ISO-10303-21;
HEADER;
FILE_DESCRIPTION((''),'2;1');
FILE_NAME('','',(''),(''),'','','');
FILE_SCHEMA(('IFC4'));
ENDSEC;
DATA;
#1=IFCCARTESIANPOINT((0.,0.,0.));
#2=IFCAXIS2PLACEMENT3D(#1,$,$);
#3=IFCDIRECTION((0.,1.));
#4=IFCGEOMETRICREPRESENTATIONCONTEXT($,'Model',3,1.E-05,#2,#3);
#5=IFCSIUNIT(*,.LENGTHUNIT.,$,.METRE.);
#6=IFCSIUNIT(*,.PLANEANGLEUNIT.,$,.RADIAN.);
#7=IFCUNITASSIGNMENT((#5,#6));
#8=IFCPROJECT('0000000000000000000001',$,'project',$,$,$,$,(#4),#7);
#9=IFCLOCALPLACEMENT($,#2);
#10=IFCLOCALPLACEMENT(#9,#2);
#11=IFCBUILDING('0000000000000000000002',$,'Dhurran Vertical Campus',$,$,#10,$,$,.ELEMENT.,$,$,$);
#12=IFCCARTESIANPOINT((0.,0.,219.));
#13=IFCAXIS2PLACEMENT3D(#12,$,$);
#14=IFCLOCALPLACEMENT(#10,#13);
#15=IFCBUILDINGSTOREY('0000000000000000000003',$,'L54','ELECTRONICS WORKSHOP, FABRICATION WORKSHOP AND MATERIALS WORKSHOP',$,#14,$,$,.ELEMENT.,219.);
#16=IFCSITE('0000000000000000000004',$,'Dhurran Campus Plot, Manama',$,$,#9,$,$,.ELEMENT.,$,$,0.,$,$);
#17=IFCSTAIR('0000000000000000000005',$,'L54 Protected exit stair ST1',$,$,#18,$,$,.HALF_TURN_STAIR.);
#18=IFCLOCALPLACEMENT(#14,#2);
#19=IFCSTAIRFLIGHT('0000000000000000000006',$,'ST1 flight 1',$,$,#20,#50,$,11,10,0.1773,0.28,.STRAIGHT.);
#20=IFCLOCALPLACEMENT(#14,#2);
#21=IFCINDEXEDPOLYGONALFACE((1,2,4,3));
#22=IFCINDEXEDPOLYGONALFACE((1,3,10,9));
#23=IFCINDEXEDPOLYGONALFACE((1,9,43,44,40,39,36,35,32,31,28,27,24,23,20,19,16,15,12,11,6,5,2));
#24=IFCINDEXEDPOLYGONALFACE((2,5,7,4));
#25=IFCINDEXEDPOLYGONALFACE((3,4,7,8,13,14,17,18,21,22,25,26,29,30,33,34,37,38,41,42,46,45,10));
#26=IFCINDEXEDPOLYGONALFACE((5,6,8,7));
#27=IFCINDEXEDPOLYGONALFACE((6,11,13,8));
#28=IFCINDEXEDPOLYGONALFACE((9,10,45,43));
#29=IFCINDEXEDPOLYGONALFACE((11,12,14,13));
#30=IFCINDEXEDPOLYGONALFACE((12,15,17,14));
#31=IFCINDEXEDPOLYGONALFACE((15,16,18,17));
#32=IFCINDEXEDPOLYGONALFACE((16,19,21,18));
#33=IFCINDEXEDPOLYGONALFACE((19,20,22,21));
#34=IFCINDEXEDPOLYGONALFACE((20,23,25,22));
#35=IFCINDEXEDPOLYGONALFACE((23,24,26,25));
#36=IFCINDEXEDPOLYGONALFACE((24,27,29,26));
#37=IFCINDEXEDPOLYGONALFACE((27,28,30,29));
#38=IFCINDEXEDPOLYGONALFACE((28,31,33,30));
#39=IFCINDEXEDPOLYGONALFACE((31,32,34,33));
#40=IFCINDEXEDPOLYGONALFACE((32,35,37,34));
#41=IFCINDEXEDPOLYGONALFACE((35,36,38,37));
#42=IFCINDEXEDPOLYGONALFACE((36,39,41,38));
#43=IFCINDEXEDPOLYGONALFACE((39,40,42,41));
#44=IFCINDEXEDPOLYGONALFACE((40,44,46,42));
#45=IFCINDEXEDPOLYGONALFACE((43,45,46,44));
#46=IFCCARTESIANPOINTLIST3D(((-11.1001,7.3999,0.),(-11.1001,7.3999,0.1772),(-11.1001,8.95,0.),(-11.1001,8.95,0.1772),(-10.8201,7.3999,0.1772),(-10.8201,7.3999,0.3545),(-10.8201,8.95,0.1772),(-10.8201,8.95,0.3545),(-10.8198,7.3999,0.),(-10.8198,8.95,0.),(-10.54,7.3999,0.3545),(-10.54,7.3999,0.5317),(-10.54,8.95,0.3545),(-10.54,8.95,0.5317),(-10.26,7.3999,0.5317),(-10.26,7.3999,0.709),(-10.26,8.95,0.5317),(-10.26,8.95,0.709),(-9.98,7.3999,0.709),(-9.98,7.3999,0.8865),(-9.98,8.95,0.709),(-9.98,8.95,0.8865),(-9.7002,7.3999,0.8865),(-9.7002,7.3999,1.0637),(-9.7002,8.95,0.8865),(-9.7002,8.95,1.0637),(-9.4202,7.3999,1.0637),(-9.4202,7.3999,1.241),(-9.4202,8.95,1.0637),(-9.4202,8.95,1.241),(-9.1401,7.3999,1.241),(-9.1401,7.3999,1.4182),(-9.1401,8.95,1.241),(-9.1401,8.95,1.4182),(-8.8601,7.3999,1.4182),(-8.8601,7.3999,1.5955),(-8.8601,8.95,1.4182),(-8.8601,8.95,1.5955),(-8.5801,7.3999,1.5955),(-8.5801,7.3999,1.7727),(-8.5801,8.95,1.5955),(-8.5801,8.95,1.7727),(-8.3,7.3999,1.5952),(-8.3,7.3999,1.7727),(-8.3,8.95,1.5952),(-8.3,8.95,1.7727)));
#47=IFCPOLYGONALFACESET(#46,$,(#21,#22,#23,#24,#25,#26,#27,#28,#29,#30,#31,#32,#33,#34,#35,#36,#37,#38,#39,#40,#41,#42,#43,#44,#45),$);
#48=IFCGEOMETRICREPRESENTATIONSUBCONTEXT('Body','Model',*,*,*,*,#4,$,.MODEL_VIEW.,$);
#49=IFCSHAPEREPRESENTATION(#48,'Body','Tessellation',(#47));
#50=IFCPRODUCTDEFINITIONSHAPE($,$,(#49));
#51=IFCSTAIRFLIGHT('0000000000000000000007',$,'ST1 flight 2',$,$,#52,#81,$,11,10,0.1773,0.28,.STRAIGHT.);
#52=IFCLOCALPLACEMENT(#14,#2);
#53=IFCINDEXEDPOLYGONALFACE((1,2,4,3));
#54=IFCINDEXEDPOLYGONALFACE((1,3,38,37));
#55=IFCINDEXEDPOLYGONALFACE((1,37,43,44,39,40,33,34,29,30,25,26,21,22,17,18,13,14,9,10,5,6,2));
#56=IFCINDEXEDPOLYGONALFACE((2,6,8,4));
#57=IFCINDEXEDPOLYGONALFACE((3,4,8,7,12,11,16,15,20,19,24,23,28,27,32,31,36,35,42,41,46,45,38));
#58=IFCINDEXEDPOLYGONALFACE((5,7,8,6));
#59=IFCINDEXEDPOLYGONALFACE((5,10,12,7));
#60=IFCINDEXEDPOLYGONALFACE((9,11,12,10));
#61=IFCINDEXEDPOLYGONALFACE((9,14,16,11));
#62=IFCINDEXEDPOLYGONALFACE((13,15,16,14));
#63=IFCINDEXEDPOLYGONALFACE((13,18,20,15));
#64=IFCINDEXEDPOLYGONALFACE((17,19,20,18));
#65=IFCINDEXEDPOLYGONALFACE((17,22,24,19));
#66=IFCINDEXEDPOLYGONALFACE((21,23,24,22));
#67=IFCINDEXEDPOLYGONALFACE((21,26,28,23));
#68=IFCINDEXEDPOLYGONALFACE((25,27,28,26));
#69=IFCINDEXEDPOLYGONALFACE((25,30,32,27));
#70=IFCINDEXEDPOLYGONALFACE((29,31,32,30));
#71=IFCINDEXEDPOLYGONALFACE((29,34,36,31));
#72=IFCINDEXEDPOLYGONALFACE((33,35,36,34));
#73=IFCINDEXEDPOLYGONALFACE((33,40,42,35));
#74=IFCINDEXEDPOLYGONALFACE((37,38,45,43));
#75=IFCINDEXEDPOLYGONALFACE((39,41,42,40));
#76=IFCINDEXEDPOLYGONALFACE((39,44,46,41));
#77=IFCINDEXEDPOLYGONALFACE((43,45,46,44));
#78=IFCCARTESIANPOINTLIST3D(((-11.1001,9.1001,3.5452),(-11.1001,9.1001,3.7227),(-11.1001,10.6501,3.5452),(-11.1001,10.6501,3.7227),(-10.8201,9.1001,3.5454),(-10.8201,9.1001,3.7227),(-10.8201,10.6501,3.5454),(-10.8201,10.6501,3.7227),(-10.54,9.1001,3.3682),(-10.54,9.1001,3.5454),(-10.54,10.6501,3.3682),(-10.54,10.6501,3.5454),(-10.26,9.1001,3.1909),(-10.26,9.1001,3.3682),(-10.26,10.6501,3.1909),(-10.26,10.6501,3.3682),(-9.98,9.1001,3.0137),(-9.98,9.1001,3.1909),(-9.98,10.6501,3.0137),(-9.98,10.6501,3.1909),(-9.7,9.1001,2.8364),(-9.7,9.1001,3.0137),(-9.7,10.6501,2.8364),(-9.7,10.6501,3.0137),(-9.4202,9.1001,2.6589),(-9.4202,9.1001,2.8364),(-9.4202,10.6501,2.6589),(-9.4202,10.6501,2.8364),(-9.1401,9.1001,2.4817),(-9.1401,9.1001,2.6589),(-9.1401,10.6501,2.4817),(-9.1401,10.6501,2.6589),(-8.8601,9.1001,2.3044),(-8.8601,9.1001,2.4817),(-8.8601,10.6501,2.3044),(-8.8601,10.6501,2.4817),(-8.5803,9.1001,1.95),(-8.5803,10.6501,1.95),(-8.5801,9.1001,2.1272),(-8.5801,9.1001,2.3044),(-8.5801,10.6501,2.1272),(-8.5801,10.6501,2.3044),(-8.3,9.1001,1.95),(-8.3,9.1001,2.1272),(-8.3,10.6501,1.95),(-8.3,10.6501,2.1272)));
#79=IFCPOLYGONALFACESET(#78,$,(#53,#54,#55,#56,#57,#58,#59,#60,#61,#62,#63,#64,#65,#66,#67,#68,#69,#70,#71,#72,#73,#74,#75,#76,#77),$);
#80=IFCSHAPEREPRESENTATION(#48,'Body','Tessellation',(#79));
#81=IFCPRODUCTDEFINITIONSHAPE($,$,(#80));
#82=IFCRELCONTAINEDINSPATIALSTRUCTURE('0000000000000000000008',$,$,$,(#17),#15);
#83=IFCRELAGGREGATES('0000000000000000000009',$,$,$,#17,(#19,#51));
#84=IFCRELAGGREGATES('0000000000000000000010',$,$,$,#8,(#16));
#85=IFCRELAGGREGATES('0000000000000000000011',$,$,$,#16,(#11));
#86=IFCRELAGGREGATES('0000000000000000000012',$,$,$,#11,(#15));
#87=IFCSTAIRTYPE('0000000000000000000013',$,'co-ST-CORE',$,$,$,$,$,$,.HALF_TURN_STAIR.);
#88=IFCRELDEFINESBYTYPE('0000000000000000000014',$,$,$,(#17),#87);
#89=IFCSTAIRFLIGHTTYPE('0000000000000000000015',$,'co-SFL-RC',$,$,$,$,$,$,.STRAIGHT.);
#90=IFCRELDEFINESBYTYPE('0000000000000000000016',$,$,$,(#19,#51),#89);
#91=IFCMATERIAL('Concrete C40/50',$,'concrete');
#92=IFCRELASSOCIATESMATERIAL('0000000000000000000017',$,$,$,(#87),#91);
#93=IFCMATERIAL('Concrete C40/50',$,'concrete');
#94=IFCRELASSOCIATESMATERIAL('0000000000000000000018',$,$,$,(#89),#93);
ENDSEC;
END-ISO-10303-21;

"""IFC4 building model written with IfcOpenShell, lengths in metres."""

from ifc_helpers import new_model, si_unit, direction, frame, origin, place, context, subcontext, project, spatial, polyline, outline, extrude, material, type_object, element, aggregate, save


model = new_model("IFC4")

# Units and contexts
model_context = context("Model", 3, precision=1e-05, world=origin(), true_north=direction((0.0, 1.0)))
body_context = subcontext(model_context, "Body", "Model", "MODEL_VIEW")
ifc_project = project(units=[si_unit("LENGTHUNIT", "METRE"), si_unit("PLANEANGLEUNIT", "RADIAN")], contexts=[model_context])

# Site, building, storey
site_placement = place(None, origin())
site = spatial("IfcSite", under=ifc_project, at=site_placement, Name="Dhurran Campus Plot, Manama", CompositionType="ELEMENT", RefElevation=0.0)
building_placement = place(site_placement, origin())
building = spatial("IfcBuilding", under=site, at=building_placement, Name="Dhurran Vertical Campus", CompositionType="ELEMENT")
storey_placement = place(building_placement, frame((0.0, 0.0, 219.0)))
storey = spatial("IfcBuildingStorey", under=building, at=storey_placement, Name="L54", Description="ELECTRONICS WORKSHOP, FABRICATION WORKSHOP AND MATERIALS WORKSHOP", CompositionType="ELEMENT", Elevation=219.0)

# Stair, stair flights
ifc_material_1 = material(Name="Concrete C40/50", Category="concrete")
stair_type = type_object("IfcStairType", Name="co-ST-CORE", PredefinedType="HALF_TURN_STAIR", material=ifc_material_1)
stair_placement = place(storey_placement, origin())
stair = element("IfcStair", 1, at=stair_placement, inside=storey, type_object=stair_type, Name="L54 Protected exit stair ST1", PredefinedType="HALF_TURN_STAIR")
ifc_material_2 = material(Name="Concrete C40/50", Category="concrete")
stair_flight_type = type_object("IfcStairFlightType", Name="co-SFL-RC", PredefinedType="STRAIGHT", material=ifc_material_2)
stair_flight_1_placement = place(storey_placement, frame((-11.1001, 8.175, 0.0), z_axis=(0.0, 0.0, 1.0), x_axis=(1.0, 0.0, 0.0)))
stair_flight_1 = element("IfcStairFlight", 2, at=stair_flight_1_placement, type_object=stair_flight_type, Name="ST1 flight 1", NumberOfRisers=11, NumberOfTreads=10, PredefinedType="STRAIGHT", RiserHeight=0.1773, TreadLength=0.28, context=body_context, shape_type="SweptSolid", body=[
    extrude(outline(polyline([(0.0, 0.0), (0.0, 0.1772), (0.28, 0.1772), (0.28, 0.3545), (0.5601, 0.3545), (0.5601, 0.5317), (0.8401, 0.5317), (0.8401, 0.709), (1.1201, 0.709), (1.1201, 0.8865), (1.3999, 0.8865), (1.3999, 1.0637), (1.6799, 1.0637), (1.6799, 1.241), (1.96, 1.241), (1.96, 1.4182), (2.24, 1.4182), (2.24, 1.5955), (2.52, 1.5955), (2.52, 1.7727), (2.8, 1.7727), (2.8, 1.95), (2.8, 1.5952), (0.2803, 0.0), (0.0, 0.0)])), frame((0.0, 0.7749, 0.0), z_axis=(0.0, -1.0, 0.0), x_axis=(1.0, 0.0, 0.0)), (0.0, 0.0, 1.0), 1.55),
])
stair_flight_2_placement = place(storey_placement, frame((-8.3, 9.875, 1.95), z_axis=(0.0, 0.0, 1.0), x_axis=(-1.0, 0.0, 0.0)))
stair_flight_2 = element("IfcStairFlight", 3, at=stair_flight_2_placement, type_object=stair_flight_type, Name="ST1 flight 2", NumberOfRisers=11, NumberOfTreads=10, PredefinedType="STRAIGHT", RiserHeight=0.1773, TreadLength=0.28, context=body_context, shape_type="SweptSolid", body=[
    extrude(outline(polyline([(0.0, 0.0), (0.0, 0.1772), (0.28, 0.1772), (0.28, 0.3545), (0.5601, 0.3545), (0.5601, 0.5317), (0.8401, 0.5317), (0.8401, 0.709), (1.1201, 0.709), (1.1201, 0.8865), (1.3999, 0.8865), (1.3999, 1.0637), (1.6799, 1.0637), (1.6799, 1.241), (1.96, 1.241), (1.96, 1.4182), (2.24, 1.4182), (2.24, 1.5955), (2.52, 1.5955), (2.52, 1.7727), (2.8, 1.7727), (2.8, 1.95), (2.8, 1.5952), (0.2803, 0.0), (0.0, 0.0)])), frame((0.0, 0.7749, 0.0), z_axis=(0.0, -1.0, 0.0), x_axis=(1.0, 0.0, 0.0)), (0.0, 0.0, 1.0), 1.55),
])
aggregate(stair, [stair_flight_1, stair_flight_2])

save(model, "model.ifc")
